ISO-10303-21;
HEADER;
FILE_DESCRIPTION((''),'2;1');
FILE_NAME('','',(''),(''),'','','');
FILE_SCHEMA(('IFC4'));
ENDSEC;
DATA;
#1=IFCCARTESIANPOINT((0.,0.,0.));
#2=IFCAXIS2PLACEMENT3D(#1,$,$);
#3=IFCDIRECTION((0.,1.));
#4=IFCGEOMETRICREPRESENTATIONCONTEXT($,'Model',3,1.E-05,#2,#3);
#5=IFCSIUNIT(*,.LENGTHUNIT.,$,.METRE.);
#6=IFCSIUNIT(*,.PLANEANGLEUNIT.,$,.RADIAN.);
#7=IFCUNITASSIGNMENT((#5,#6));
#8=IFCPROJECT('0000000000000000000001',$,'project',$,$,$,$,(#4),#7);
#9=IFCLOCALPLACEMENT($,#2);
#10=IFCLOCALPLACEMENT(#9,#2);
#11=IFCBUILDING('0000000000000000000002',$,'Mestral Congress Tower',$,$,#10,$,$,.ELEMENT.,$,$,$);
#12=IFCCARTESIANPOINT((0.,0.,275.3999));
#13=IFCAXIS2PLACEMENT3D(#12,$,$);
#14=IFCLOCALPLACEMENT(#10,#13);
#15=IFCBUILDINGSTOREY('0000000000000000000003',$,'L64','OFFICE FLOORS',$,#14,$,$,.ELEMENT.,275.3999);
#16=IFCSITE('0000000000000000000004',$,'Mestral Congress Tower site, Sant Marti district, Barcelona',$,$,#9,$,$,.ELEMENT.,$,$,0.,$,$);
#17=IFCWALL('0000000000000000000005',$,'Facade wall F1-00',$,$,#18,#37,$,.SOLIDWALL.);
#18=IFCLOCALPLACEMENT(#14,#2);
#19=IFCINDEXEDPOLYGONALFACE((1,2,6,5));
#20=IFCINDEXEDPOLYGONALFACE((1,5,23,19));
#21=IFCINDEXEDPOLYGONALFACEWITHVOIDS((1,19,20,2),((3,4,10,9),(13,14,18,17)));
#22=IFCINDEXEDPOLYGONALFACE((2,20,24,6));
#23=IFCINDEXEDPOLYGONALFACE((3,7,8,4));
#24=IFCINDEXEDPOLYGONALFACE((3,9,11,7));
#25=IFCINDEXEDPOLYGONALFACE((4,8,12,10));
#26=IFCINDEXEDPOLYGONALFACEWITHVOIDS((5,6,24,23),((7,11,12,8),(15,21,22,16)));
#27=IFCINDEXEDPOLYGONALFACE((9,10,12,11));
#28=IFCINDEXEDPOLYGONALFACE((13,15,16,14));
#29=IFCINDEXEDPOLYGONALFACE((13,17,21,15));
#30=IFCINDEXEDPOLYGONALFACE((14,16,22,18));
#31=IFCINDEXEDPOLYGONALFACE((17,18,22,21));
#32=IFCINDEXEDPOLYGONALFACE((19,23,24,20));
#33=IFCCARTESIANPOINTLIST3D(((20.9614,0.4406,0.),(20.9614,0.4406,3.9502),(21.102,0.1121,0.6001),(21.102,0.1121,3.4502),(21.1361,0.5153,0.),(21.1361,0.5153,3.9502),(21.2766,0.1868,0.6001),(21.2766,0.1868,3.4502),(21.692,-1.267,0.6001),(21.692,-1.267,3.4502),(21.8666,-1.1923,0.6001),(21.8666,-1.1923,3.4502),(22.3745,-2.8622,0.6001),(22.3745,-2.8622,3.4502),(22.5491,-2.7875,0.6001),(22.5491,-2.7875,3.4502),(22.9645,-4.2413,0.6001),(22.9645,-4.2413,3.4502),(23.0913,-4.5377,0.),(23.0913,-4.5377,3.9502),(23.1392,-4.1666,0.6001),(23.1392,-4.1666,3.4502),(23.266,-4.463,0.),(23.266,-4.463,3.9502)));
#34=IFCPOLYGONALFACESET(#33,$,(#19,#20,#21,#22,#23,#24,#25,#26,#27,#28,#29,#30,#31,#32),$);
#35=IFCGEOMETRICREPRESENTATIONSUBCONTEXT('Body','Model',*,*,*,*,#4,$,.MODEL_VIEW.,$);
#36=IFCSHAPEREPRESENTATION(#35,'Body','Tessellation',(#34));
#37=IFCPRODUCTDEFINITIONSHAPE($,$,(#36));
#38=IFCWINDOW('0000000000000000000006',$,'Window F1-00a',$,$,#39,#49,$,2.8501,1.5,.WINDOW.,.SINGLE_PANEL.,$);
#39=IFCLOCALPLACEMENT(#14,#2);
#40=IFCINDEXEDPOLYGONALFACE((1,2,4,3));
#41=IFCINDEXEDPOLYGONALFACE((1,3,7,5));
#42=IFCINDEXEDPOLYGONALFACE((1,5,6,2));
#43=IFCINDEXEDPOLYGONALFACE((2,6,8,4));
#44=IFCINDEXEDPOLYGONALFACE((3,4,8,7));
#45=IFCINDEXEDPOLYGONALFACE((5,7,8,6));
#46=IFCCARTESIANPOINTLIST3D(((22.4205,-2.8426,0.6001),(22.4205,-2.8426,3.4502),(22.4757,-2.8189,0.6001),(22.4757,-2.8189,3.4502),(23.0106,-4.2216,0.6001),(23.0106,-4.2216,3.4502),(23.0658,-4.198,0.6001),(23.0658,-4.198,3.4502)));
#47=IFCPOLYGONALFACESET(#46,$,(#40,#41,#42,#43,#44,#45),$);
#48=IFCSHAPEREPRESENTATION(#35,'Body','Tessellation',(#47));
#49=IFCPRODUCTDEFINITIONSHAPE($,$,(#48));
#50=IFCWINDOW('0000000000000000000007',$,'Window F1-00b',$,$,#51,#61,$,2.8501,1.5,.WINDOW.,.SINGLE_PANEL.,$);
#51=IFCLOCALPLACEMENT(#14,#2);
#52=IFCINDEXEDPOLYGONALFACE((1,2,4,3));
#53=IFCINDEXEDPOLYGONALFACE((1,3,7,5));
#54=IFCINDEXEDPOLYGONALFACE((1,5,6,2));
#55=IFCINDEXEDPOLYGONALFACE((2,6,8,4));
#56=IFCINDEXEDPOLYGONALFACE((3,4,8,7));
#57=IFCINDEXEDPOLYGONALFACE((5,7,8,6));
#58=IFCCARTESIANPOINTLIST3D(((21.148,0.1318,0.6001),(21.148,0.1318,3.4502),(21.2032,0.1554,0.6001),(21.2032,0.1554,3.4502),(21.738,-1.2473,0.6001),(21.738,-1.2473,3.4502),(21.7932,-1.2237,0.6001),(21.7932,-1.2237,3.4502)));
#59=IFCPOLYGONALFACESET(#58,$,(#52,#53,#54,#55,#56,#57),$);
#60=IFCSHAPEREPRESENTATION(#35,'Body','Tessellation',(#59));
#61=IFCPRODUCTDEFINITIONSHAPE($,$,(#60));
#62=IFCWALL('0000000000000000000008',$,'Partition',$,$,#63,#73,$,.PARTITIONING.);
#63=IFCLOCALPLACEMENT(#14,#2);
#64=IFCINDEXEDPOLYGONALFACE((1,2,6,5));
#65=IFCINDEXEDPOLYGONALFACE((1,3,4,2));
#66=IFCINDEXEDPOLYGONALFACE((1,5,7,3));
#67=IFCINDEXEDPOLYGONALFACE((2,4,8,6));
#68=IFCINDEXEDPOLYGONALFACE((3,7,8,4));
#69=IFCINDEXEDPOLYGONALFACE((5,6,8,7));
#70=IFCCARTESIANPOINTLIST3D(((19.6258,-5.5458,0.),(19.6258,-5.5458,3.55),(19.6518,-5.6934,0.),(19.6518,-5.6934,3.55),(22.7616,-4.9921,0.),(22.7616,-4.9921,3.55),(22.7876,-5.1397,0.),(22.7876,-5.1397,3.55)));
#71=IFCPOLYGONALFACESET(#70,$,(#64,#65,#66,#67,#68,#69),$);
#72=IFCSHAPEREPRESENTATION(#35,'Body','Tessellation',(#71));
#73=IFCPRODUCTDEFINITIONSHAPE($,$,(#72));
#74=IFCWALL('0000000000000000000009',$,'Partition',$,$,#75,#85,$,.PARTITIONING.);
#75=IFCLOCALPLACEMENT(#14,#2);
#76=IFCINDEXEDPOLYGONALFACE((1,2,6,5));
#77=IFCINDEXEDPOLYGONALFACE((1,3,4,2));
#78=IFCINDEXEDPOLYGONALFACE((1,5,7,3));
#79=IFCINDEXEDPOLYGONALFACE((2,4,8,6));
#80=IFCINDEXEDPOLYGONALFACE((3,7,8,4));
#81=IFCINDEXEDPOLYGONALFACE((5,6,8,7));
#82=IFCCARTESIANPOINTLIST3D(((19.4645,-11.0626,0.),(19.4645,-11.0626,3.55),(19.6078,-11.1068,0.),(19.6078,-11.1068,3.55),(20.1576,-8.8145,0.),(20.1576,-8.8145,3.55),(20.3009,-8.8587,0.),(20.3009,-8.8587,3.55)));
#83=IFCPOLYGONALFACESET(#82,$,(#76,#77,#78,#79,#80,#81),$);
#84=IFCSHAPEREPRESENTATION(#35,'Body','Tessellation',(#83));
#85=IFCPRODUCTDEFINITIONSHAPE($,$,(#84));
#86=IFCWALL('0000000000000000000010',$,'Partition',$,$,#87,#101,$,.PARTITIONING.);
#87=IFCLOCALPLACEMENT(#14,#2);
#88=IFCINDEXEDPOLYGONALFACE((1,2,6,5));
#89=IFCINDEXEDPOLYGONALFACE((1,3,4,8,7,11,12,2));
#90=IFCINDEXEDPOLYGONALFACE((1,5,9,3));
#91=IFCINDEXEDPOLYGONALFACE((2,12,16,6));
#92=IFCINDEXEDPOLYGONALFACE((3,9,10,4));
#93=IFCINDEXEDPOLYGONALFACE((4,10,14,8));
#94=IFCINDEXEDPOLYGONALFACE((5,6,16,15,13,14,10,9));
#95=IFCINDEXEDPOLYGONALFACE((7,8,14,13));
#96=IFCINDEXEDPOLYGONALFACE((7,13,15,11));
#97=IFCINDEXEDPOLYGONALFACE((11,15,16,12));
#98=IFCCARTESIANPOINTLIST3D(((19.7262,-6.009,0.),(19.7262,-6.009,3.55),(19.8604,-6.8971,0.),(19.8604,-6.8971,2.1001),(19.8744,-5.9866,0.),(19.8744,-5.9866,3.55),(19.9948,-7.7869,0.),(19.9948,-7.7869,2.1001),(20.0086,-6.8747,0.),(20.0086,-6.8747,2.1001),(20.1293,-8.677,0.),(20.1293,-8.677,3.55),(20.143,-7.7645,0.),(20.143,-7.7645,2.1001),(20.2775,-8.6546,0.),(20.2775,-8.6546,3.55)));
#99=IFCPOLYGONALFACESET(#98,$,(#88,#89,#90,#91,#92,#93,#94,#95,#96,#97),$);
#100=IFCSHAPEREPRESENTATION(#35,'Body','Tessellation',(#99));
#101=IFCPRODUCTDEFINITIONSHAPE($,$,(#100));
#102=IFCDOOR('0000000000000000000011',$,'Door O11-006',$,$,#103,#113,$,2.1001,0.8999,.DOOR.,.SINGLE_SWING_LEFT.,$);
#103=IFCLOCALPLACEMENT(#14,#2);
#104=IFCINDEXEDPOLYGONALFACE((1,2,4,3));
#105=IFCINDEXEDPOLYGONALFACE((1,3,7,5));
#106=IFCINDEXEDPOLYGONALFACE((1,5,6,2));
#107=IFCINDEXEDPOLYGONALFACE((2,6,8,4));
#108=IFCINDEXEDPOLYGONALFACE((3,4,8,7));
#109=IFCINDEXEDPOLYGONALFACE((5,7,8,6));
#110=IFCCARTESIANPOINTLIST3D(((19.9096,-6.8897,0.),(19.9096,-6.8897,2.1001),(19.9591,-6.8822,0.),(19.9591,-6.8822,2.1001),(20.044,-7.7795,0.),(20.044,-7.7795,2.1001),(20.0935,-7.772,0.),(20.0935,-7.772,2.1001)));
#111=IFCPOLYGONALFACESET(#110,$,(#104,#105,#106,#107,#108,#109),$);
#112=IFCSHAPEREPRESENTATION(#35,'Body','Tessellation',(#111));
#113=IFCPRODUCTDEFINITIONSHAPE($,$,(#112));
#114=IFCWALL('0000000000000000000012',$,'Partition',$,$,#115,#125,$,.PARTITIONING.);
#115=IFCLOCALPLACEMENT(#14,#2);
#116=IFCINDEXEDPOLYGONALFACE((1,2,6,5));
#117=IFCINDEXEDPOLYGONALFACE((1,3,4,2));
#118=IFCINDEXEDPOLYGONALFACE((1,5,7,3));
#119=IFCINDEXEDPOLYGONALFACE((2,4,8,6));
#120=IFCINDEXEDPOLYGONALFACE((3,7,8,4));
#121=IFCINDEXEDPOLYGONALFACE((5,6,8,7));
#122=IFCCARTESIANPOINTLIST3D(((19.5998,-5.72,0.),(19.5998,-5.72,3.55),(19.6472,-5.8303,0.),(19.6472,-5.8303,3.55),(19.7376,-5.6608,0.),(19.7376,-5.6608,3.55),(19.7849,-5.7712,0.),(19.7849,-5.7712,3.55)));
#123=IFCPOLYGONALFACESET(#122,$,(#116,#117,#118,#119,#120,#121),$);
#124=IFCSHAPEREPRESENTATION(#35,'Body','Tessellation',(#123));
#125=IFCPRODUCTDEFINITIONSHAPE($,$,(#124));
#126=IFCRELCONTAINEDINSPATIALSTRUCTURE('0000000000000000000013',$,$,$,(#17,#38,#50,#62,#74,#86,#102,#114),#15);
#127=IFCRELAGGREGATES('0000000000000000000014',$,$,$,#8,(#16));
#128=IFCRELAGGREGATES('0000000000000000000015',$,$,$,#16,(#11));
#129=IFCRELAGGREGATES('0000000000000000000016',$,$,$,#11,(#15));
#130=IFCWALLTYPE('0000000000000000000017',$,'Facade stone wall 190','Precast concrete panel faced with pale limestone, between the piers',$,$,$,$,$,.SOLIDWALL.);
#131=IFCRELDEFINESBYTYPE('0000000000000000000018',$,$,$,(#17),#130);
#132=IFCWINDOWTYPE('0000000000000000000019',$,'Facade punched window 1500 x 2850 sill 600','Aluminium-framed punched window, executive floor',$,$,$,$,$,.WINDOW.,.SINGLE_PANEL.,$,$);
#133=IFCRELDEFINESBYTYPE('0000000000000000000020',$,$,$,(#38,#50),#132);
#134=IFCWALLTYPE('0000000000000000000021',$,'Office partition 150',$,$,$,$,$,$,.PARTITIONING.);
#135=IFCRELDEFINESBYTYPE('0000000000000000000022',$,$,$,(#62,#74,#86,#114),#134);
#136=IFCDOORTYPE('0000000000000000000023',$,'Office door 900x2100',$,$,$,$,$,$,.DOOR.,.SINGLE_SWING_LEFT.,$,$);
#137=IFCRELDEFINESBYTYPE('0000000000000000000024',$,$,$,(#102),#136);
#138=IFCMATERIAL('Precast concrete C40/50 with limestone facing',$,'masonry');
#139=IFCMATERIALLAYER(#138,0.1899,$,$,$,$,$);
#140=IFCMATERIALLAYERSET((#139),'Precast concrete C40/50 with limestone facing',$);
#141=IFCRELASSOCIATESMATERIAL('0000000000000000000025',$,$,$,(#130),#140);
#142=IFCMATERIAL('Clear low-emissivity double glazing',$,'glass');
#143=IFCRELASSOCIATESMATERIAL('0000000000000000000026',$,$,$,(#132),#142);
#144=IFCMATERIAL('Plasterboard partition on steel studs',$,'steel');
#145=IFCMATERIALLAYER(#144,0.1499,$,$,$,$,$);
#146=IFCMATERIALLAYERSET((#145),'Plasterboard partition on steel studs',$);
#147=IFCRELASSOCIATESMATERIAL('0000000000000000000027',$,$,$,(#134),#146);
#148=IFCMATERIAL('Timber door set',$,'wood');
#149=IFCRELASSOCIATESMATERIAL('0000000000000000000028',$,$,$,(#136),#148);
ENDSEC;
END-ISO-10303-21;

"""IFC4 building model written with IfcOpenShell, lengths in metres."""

from ifc_helpers import new_model, si_unit, direction, frame, frame_2d, origin, place, context, subcontext, project, spatial, rectangle, extrude, material, layer, layer_set, type_object, element, fill, save


model = new_model("IFC4")

# Units and contexts
model_context = context("Model", 3, precision=1e-05, world=origin(), true_north=direction((0.0, 1.0)))
body_context = subcontext(model_context, "Body", "Model", "MODEL_VIEW")
ifc_project = project(units=[si_unit("LENGTHUNIT", "METRE"), si_unit("PLANEANGLEUNIT", "RADIAN")], contexts=[model_context])

# Site, building, storey
site_placement = place(None, origin())
site = spatial("IfcSite", under=ifc_project, at=site_placement, Name="Mestral Congress Tower site, Sant Marti district, Barcelona", CompositionType="ELEMENT", RefElevation=0.0)
building_placement = place(site_placement, origin())
building = spatial("IfcBuilding", under=site, at=building_placement, Name="Mestral Congress Tower", CompositionType="ELEMENT")
storey_placement = place(building_placement, frame((0.0, 0.0, 275.3999)))
storey = spatial("IfcBuildingStorey", under=building, at=storey_placement, Name="L64", Description="OFFICE FLOORS", CompositionType="ELEMENT", Elevation=275.3999)

# Shared definitions
ifc_material_1 = material(Name="Precast concrete C40/50 with limestone facing", Category="masonry")
ifc_layer_1 = layer(ifc_material_1, 0.1899)
ifc_layer_set_1 = layer_set([ifc_layer_1], Name="Precast concrete C40/50 with limestone facing")
wall_type_1 = type_object("IfcWallType", Name="Facade stone wall 190", Description="Precast concrete panel faced with pale limestone, between the piers", PredefinedType="SOLIDWALL", material=ifc_layer_set_1)
ifc_material_2 = material(Name="Clear low-emissivity double glazing", Category="glass")

# Wall, openings, windows
wall_1_placement = place(storey_placement, frame((23.1787, -4.5005, 0.0), z_axis=(0.0, 0.0, 1.0), x_axis=(-0.393348, 0.91939, 0.0)))
wall_1 = element("IfcWall", 1, at=wall_1_placement, inside=storey, type_object=wall_type_1, Name="Facade wall F1-00", PredefinedType="SOLIDWALL", context=body_context, shape_type="SweptSolid", body=[
    extrude(rectangle(XDim=5.4148, YDim=0.1899, at=frame_2d((2.7075, 0.0))), origin(), (0.0, 0.0, 1.0), 3.9502),
])
opening_1_placement = place(wall_1_placement, frame((0.3225, 0.0, 0.6001)))
opening_1 = element("IfcOpeningElement", 2, at=opening_1_placement, cuts=wall_1, PredefinedType="OPENING", context=body_context, shape_type="SweptSolid", body=[
    extrude(rectangle(XDim=1.5, YDim=2.8501, at=frame_2d((0.75, 1.425))), frame((0.0, 0.105, 0.0), z_axis=(0.0, -1.0, 0.0), x_axis=(1.0, 0.0, 0.0)), (0.0, 0.0, 1.0), 0.21),
])
opening_2_placement = place(wall_1_placement, frame((3.5576, 0.0, 0.6001)))
opening_2 = element("IfcOpeningElement", 3, at=opening_2_placement, cuts=wall_1, PredefinedType="OPENING", context=body_context, shape_type="SweptSolid", body=[
    extrude(rectangle(XDim=1.5, YDim=2.8501, at=frame_2d((0.75, 1.425))), frame((0.0, 0.105, 0.0), z_axis=(0.0, -1.0, 0.0), x_axis=(1.0, 0.0, 0.0)), (0.0, 0.0, 1.0), 0.21),
])
window_type_1 = type_object("IfcWindowType", Name="Facade punched window 1500 x 2850 sill 600", Description="Aluminium-framed punched window, executive floor", PartitioningType="SINGLE_PANEL", PredefinedType="WINDOW", material=ifc_material_2)
window_1_placement = place(opening_1_placement, origin())
window_1 = element("IfcWindow", 4, at=window_1_placement, inside=storey, type_object=window_type_1, Name="Window F1-00a", OverallHeight=2.8501, OverallWidth=1.5, PartitioningType="SINGLE_PANEL", PredefinedType="WINDOW", context=body_context, shape_type="SweptSolid", body=[
    extrude(rectangle(XDim=1.5, YDim=2.8501, at=frame_2d((0.75, 1.425))), frame((0.0, 0.0449, 0.0), z_axis=(0.0, -1.0, 0.0), x_axis=(1.0, 0.0, 0.0)), (0.0, 0.0, 1.0), 0.0601),
])
fill(opening_1, window_1)
window_2_placement = place(opening_2_placement, origin())
window_2 = element("IfcWindow", 5, at=window_2_placement, inside=storey, type_object=window_type_1, Name="Window F1-00b", OverallHeight=2.8501, OverallWidth=1.5, PartitioningType="SINGLE_PANEL", PredefinedType="WINDOW", context=body_context, shape_type="SweptSolid", body=[
    extrude(rectangle(XDim=1.5, YDim=2.8501, at=frame_2d((0.75, 1.425))), frame((0.0, 0.0449, 0.0), z_axis=(0.0, -1.0, 0.0), x_axis=(1.0, 0.0, 0.0)), (0.0, 0.0, 1.0), 0.0601),
])
fill(opening_2, window_2)

# Walls
ifc_material_3 = material(Name="Plasterboard partition on steel studs", Category="steel")
ifc_layer_2 = layer(ifc_material_3, 0.1499)
ifc_layer_set_2 = layer_set([ifc_layer_2], Name="Plasterboard partition on steel studs")
wall_type_2 = type_object("IfcWallType", Name="Office partition 150", PredefinedType="PARTITIONING", material=ifc_layer_set_2)
wall_2_placement = place(storey_placement, frame((19.6387, -5.6196, 0.0), z_axis=(0.0, 0.0, 1.0), x_axis=(0.984765, 0.17389, 0.0)))
element("IfcWall", 6, at=wall_2_placement, inside=storey, type_object=wall_type_2, Name="Partition", PredefinedType="PARTITIONING", context=body_context, shape_type="SweptSolid", body=[
    extrude(rectangle(XDim=3.1843, YDim=0.1499, at=frame_2d((1.5923, 0.0))), origin(), (0.0, 0.0, 1.0), 3.55),
])
wall_3_placement = place(storey_placement, frame((19.5361, -11.0847, 0.0), z_axis=(0.0, 0.0, 1.0), x_axis=(0.294633, 0.955611, 0.0)))
element("IfcWall", 7, at=wall_3_placement, inside=storey, type_object=wall_type_2, Name="Partition", PredefinedType="PARTITIONING", context=body_context, shape_type="SweptSolid", body=[
    extrude(rectangle(XDim=2.3525, YDim=0.1499, at=frame_2d((1.1763, 0.0))), origin(), (0.0, 0.0, 1.0), 3.55),
])

# Wall, opening, door
wall_4_placement = place(storey_placement, frame((19.8003, -5.9978, 0.0), z_axis=(0.0, 0.0, 1.0), x_axis=(0.149385, -0.988779, 0.0)))
wall_4 = element("IfcWall", 8, at=wall_4_placement, inside=storey, type_object=wall_type_2, Name="Partition", PredefinedType="PARTITIONING", context=body_context, shape_type="SweptSolid", body=[
    extrude(rectangle(XDim=2.6982, YDim=0.1499, at=frame_2d((1.3491, 0.0))), origin(), (0.0, 0.0, 1.0), 3.55),
])
opening_3_placement = place(wall_4_placement, frame((0.8982, 0.0, 0.0)))
opening_3 = element("IfcOpeningElement", 9, at=opening_3_placement, cuts=wall_4, PredefinedType="OPENING", context=body_context, shape_type="SweptSolid", body=[
    extrude(rectangle(XDim=0.8999, YDim=2.1001, at=frame_2d((0.45, 1.05))), frame((0.0, 0.085, 0.0), z_axis=(0.0, -1.0, 0.0), x_axis=(1.0, 0.0, 0.0)), (0.0, 0.0, 1.0), 0.1699),
])
ifc_material_4 = material(Name="Timber door set", Category="wood")
door_type = type_object("IfcDoorType", Name="Office door 900x2100", OperationType="SINGLE_SWING_LEFT", PredefinedType="DOOR", material=ifc_material_4)
door_placement = place(opening_3_placement, origin())
door = element("IfcDoor", 10, at=door_placement, inside=storey, type_object=door_type, Name="Door O11-006", OperationType="SINGLE_SWING_LEFT", OverallHeight=2.1001, OverallWidth=0.8999, PredefinedType="DOOR", context=body_context, shape_type="SweptSolid", body=[
    extrude(rectangle(XDim=0.8999, YDim=2.1001, at=frame_2d((0.45, 1.05))), frame((0.0, 0.0249, 0.0), z_axis=(0.0, -1.0, 0.0), x_axis=(1.0, 0.0, 0.0)), (0.0, 0.0, 1.0), 0.05),
])
fill(opening_3, door)

# Wall
wall_5_placement = place(storey_placement, frame((19.7161, -5.8008, 0.0), z_axis=(0.0, 0.0, 1.0), x_axis=(-0.39441, 0.918935, 0.0)))
element("IfcWall", 11, at=wall_5_placement, inside=storey, type_object=wall_type_2, Name="Partition", PredefinedType="PARTITIONING", context=body_context, shape_type="SweptSolid", body=[
    extrude(rectangle(XDim=0.1201, YDim=0.1499, at=frame_2d((0.0601, 0.0))), origin(), (0.0, 0.0, 1.0), 3.55),
])

save(model, "model.ifc")
